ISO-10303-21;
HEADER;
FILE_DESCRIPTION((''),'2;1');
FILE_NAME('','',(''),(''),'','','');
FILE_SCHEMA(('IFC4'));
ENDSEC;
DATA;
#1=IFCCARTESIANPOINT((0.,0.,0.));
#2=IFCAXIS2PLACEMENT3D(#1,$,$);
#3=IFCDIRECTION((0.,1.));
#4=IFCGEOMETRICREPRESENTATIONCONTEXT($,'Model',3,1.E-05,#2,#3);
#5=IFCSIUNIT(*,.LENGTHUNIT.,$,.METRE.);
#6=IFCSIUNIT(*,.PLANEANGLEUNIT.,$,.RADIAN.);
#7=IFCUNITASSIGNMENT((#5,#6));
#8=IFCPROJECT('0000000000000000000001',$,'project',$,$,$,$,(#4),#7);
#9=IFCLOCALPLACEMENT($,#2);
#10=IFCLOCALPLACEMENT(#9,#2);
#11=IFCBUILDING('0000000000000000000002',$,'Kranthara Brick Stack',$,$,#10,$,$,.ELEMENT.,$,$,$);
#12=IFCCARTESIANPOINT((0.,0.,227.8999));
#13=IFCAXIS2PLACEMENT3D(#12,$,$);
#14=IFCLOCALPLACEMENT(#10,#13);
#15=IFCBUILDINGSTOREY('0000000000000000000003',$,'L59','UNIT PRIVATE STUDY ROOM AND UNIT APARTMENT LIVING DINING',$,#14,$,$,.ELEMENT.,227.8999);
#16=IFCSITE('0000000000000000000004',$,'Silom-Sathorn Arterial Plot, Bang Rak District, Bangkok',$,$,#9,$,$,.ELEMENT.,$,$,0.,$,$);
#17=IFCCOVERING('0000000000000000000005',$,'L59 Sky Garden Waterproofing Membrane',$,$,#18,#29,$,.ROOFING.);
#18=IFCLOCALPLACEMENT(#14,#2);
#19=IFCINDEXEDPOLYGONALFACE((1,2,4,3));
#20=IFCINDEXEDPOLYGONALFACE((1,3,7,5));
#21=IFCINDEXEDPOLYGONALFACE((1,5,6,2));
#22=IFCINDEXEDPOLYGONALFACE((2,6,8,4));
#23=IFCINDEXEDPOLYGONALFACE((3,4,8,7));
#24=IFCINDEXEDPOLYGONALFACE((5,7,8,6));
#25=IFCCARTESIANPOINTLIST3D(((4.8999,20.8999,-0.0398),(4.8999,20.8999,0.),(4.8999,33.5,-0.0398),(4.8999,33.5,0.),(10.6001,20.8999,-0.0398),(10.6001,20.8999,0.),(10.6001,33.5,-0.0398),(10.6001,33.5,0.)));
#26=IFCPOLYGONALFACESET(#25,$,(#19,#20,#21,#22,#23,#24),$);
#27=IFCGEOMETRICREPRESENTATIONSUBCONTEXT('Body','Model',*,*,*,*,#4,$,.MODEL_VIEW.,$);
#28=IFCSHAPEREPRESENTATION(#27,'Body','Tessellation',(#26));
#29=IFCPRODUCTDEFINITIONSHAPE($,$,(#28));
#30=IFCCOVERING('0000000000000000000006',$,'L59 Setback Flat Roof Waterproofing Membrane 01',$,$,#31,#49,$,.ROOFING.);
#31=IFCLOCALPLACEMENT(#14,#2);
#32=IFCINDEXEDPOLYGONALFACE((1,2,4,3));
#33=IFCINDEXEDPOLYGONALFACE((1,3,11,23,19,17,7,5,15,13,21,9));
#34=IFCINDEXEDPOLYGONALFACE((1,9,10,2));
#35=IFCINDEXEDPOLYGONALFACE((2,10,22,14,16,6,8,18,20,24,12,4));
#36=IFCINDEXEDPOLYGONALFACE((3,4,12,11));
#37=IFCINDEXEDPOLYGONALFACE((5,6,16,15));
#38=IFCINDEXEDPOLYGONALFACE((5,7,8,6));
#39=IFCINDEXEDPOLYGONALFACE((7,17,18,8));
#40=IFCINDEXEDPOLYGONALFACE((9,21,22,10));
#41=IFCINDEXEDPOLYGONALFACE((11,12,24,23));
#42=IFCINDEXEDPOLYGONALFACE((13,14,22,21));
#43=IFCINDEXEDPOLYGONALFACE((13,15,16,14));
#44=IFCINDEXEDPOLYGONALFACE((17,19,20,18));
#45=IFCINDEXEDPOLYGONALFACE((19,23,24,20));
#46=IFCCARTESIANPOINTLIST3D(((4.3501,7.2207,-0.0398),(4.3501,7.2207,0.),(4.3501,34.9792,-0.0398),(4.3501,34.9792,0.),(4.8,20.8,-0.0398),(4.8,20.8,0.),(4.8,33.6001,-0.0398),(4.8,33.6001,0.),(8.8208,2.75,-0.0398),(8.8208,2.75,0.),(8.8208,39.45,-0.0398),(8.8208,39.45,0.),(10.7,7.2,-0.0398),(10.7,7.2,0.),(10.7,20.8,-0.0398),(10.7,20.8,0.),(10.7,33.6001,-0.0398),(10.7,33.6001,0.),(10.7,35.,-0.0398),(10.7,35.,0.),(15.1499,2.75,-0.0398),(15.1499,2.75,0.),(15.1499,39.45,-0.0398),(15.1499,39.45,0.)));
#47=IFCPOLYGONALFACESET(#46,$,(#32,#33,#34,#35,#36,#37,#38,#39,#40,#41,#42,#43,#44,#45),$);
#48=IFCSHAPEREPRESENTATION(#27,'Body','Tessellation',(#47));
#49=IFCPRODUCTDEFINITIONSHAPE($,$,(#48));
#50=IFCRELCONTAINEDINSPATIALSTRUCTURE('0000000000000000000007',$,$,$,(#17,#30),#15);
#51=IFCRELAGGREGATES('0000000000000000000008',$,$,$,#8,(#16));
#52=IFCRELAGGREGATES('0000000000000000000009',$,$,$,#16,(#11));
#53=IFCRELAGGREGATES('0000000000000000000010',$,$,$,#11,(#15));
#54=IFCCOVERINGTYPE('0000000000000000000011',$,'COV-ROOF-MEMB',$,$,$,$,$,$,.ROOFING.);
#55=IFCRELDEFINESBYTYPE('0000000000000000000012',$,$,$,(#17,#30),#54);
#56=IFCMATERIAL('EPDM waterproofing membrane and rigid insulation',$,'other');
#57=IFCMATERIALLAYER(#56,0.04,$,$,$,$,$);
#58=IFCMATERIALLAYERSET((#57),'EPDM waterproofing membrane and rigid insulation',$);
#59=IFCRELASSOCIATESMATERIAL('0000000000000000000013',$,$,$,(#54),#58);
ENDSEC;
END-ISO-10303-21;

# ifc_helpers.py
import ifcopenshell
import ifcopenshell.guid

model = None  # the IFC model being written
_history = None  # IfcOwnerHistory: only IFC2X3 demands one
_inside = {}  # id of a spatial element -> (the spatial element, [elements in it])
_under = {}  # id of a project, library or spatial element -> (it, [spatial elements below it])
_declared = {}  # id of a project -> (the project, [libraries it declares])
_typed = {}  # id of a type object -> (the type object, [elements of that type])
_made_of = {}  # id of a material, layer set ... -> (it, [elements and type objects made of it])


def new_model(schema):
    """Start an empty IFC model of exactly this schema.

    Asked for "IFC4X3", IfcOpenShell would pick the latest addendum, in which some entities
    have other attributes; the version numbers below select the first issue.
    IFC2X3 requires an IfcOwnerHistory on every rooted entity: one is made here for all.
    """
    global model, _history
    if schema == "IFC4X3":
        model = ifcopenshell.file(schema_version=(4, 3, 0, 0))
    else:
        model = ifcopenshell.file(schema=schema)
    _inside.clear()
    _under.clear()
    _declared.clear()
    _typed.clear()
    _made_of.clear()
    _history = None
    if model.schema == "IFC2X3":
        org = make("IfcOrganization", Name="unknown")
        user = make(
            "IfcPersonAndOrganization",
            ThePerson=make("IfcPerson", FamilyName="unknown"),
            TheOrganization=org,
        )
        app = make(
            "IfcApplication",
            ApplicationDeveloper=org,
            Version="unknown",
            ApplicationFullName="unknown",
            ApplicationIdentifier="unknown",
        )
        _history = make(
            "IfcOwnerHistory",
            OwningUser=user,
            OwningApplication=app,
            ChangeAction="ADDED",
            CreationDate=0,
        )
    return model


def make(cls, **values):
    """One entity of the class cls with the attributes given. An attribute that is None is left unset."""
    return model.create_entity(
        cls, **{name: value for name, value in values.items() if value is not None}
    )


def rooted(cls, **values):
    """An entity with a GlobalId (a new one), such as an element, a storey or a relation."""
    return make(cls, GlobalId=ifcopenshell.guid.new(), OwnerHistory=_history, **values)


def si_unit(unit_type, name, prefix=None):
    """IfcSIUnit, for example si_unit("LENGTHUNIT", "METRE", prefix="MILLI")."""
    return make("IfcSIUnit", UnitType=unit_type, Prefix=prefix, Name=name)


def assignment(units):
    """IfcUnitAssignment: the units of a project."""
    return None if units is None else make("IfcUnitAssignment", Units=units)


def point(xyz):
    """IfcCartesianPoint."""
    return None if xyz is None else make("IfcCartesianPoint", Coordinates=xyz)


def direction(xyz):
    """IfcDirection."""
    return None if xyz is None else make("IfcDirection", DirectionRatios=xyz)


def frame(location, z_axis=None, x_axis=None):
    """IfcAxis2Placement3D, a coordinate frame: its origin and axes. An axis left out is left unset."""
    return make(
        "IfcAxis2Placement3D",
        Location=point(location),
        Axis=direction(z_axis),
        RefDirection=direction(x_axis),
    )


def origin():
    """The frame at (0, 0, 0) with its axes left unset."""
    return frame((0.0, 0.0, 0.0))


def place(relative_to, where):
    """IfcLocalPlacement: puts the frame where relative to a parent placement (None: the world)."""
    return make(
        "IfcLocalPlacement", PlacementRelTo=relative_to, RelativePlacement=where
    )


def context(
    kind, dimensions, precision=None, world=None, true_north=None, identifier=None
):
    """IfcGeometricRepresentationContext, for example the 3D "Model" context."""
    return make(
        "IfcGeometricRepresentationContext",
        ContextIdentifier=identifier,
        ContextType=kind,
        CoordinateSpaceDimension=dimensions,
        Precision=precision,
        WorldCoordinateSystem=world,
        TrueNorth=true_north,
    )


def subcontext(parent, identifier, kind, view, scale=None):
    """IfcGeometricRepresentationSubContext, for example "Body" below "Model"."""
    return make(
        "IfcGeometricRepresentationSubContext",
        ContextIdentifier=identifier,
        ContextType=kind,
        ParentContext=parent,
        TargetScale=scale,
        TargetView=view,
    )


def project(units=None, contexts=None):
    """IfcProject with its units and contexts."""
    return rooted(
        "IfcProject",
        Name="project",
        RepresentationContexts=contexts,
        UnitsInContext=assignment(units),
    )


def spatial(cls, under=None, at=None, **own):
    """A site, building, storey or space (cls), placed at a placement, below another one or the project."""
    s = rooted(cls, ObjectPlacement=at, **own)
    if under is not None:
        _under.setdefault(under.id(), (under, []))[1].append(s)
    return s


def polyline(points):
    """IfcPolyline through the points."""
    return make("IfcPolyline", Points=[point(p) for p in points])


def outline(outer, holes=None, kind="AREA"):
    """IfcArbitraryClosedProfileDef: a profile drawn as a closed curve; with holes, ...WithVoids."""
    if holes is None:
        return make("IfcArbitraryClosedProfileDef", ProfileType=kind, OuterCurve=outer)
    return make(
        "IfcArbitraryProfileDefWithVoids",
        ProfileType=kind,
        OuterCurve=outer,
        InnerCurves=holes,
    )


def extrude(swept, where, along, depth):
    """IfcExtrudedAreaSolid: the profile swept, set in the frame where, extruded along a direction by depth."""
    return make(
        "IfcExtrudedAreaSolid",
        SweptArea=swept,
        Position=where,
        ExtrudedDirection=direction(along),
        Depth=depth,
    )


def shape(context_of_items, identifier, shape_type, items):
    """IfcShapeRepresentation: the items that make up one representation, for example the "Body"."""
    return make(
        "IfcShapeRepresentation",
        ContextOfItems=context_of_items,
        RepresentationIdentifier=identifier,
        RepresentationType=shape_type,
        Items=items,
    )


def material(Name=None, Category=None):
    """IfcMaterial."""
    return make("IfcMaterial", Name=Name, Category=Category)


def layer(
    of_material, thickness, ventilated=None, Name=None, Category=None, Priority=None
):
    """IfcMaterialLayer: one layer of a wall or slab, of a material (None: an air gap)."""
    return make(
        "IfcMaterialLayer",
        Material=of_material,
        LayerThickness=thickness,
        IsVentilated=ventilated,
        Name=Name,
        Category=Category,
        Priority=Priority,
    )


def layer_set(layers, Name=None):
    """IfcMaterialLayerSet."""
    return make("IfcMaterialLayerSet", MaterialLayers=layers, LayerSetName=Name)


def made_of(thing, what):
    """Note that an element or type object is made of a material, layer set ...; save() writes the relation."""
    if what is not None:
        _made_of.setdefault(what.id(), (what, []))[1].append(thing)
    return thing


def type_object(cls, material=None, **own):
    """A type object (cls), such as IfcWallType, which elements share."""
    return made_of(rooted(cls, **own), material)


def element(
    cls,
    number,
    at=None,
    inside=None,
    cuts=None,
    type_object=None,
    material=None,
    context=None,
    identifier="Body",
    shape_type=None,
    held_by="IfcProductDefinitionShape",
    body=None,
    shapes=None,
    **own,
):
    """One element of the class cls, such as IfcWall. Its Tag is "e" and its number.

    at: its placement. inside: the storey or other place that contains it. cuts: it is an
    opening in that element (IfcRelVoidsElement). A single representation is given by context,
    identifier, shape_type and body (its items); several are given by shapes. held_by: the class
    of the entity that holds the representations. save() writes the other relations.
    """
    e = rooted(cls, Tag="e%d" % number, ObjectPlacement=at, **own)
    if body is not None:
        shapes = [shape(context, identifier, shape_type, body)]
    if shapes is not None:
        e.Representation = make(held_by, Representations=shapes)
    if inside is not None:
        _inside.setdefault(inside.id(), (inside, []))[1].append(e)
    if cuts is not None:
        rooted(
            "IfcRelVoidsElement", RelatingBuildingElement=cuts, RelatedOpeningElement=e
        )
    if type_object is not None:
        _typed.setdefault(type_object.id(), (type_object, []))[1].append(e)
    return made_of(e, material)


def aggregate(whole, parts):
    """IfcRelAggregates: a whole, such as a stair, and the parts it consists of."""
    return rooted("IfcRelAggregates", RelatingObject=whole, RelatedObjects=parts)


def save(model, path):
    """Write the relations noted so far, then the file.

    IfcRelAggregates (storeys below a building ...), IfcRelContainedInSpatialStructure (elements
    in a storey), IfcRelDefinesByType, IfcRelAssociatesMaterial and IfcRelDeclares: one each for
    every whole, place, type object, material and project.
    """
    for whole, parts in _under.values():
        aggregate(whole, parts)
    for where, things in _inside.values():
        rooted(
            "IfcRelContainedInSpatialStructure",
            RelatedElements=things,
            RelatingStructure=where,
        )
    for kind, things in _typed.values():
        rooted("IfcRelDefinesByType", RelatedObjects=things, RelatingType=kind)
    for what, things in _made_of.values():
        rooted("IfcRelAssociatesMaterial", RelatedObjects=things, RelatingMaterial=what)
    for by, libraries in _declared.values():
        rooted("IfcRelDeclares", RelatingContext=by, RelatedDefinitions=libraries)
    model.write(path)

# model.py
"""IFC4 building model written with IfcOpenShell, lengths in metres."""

from ifc_helpers import new_model, si_unit, direction, frame, origin, place, context, subcontext, project, spatial, polyline, outline, extrude, material, layer, layer_set, type_object, element, save


model = new_model("IFC4")

# Units and contexts
model_context = context("Model", 3, precision=1e-05, world=origin(), true_north=direction((0.0, 1.0)))
body_context = subcontext(model_context, "Body", "Model", "MODEL_VIEW")
ifc_project = project(units=[si_unit("LENGTHUNIT", "METRE"), si_unit("PLANEANGLEUNIT", "RADIAN")], contexts=[model_context])

# Site, building, storey
site_placement = place(None, origin())
site = spatial("IfcSite", under=ifc_project, at=site_placement, Name="Silom-Sathorn Arterial Plot, Bang Rak District, Bangkok", CompositionType="ELEMENT", RefElevation=0.0)
building_placement = place(site_placement, origin())
building = spatial("IfcBuilding", under=site, at=building_placement, Name="Kranthara Brick Stack", CompositionType="ELEMENT")
storey_placement = place(building_placement, frame((0.0, 0.0, 227.8999)))
storey = spatial("IfcBuildingStorey", under=building, at=storey_placement, Name="L59", Description="UNIT PRIVATE STUDY ROOM AND UNIT APARTMENT LIVING DINING", CompositionType="ELEMENT", Elevation=227.8999)

# Coverings
ifc_material_1 = material(Name="EPDM waterproofing membrane and rigid insulation", Category="other")
ifc_layer_1 = layer(ifc_material_1, 0.04)
ifc_layer_set_1 = layer_set([ifc_layer_1], Name="EPDM waterproofing membrane and rigid insulation")
covering_type_1 = type_object("IfcCoveringType", Name="COV-ROOF-MEMB", PredefinedType="ROOFING", material=ifc_layer_set_1)
covering_1_placement = place(storey_placement, frame((0.0, 0.0, -0.0398)))
element("IfcCovering", 1, at=covering_1_placement, inside=storey, type_object=covering_type_1, Name="L59 Sky Garden Waterproofing Membrane", PredefinedType="ROOFING", context=body_context, shape_type="SweptSolid", body=[
    extrude(outline(polyline([(4.8999, 20.8999), (10.6001, 20.8999), (10.6001, 33.5), (4.8999, 33.5), (4.8999, 20.8999)])), origin(), (0.0, 0.0, 1.0), 0.0398),
])
covering_2_placement = place(storey_placement, frame((0.0, 0.0, -0.0398)))
element("IfcCovering", 2, at=covering_2_placement, inside=storey, type_object=covering_type_1, Name="L59 Setback Flat Roof Waterproofing Membrane 01", PredefinedType="ROOFING", context=body_context, shape_type="SweptSolid", body=[
    extrude(outline(polyline([(4.3501, 7.2207), (4.3501, 34.9792), (8.8208, 39.45), (15.1499, 39.45), (10.7, 35.0), (10.7, 33.6001), (4.8, 33.6001), (4.8, 20.8), (10.7, 20.8), (10.7, 7.2), (15.1499, 2.75), (8.8208, 2.75), (4.3501, 7.2207)])), origin(), (0.0, 0.0, 1.0), 0.0398),
])

save(model, "model.ifc")
